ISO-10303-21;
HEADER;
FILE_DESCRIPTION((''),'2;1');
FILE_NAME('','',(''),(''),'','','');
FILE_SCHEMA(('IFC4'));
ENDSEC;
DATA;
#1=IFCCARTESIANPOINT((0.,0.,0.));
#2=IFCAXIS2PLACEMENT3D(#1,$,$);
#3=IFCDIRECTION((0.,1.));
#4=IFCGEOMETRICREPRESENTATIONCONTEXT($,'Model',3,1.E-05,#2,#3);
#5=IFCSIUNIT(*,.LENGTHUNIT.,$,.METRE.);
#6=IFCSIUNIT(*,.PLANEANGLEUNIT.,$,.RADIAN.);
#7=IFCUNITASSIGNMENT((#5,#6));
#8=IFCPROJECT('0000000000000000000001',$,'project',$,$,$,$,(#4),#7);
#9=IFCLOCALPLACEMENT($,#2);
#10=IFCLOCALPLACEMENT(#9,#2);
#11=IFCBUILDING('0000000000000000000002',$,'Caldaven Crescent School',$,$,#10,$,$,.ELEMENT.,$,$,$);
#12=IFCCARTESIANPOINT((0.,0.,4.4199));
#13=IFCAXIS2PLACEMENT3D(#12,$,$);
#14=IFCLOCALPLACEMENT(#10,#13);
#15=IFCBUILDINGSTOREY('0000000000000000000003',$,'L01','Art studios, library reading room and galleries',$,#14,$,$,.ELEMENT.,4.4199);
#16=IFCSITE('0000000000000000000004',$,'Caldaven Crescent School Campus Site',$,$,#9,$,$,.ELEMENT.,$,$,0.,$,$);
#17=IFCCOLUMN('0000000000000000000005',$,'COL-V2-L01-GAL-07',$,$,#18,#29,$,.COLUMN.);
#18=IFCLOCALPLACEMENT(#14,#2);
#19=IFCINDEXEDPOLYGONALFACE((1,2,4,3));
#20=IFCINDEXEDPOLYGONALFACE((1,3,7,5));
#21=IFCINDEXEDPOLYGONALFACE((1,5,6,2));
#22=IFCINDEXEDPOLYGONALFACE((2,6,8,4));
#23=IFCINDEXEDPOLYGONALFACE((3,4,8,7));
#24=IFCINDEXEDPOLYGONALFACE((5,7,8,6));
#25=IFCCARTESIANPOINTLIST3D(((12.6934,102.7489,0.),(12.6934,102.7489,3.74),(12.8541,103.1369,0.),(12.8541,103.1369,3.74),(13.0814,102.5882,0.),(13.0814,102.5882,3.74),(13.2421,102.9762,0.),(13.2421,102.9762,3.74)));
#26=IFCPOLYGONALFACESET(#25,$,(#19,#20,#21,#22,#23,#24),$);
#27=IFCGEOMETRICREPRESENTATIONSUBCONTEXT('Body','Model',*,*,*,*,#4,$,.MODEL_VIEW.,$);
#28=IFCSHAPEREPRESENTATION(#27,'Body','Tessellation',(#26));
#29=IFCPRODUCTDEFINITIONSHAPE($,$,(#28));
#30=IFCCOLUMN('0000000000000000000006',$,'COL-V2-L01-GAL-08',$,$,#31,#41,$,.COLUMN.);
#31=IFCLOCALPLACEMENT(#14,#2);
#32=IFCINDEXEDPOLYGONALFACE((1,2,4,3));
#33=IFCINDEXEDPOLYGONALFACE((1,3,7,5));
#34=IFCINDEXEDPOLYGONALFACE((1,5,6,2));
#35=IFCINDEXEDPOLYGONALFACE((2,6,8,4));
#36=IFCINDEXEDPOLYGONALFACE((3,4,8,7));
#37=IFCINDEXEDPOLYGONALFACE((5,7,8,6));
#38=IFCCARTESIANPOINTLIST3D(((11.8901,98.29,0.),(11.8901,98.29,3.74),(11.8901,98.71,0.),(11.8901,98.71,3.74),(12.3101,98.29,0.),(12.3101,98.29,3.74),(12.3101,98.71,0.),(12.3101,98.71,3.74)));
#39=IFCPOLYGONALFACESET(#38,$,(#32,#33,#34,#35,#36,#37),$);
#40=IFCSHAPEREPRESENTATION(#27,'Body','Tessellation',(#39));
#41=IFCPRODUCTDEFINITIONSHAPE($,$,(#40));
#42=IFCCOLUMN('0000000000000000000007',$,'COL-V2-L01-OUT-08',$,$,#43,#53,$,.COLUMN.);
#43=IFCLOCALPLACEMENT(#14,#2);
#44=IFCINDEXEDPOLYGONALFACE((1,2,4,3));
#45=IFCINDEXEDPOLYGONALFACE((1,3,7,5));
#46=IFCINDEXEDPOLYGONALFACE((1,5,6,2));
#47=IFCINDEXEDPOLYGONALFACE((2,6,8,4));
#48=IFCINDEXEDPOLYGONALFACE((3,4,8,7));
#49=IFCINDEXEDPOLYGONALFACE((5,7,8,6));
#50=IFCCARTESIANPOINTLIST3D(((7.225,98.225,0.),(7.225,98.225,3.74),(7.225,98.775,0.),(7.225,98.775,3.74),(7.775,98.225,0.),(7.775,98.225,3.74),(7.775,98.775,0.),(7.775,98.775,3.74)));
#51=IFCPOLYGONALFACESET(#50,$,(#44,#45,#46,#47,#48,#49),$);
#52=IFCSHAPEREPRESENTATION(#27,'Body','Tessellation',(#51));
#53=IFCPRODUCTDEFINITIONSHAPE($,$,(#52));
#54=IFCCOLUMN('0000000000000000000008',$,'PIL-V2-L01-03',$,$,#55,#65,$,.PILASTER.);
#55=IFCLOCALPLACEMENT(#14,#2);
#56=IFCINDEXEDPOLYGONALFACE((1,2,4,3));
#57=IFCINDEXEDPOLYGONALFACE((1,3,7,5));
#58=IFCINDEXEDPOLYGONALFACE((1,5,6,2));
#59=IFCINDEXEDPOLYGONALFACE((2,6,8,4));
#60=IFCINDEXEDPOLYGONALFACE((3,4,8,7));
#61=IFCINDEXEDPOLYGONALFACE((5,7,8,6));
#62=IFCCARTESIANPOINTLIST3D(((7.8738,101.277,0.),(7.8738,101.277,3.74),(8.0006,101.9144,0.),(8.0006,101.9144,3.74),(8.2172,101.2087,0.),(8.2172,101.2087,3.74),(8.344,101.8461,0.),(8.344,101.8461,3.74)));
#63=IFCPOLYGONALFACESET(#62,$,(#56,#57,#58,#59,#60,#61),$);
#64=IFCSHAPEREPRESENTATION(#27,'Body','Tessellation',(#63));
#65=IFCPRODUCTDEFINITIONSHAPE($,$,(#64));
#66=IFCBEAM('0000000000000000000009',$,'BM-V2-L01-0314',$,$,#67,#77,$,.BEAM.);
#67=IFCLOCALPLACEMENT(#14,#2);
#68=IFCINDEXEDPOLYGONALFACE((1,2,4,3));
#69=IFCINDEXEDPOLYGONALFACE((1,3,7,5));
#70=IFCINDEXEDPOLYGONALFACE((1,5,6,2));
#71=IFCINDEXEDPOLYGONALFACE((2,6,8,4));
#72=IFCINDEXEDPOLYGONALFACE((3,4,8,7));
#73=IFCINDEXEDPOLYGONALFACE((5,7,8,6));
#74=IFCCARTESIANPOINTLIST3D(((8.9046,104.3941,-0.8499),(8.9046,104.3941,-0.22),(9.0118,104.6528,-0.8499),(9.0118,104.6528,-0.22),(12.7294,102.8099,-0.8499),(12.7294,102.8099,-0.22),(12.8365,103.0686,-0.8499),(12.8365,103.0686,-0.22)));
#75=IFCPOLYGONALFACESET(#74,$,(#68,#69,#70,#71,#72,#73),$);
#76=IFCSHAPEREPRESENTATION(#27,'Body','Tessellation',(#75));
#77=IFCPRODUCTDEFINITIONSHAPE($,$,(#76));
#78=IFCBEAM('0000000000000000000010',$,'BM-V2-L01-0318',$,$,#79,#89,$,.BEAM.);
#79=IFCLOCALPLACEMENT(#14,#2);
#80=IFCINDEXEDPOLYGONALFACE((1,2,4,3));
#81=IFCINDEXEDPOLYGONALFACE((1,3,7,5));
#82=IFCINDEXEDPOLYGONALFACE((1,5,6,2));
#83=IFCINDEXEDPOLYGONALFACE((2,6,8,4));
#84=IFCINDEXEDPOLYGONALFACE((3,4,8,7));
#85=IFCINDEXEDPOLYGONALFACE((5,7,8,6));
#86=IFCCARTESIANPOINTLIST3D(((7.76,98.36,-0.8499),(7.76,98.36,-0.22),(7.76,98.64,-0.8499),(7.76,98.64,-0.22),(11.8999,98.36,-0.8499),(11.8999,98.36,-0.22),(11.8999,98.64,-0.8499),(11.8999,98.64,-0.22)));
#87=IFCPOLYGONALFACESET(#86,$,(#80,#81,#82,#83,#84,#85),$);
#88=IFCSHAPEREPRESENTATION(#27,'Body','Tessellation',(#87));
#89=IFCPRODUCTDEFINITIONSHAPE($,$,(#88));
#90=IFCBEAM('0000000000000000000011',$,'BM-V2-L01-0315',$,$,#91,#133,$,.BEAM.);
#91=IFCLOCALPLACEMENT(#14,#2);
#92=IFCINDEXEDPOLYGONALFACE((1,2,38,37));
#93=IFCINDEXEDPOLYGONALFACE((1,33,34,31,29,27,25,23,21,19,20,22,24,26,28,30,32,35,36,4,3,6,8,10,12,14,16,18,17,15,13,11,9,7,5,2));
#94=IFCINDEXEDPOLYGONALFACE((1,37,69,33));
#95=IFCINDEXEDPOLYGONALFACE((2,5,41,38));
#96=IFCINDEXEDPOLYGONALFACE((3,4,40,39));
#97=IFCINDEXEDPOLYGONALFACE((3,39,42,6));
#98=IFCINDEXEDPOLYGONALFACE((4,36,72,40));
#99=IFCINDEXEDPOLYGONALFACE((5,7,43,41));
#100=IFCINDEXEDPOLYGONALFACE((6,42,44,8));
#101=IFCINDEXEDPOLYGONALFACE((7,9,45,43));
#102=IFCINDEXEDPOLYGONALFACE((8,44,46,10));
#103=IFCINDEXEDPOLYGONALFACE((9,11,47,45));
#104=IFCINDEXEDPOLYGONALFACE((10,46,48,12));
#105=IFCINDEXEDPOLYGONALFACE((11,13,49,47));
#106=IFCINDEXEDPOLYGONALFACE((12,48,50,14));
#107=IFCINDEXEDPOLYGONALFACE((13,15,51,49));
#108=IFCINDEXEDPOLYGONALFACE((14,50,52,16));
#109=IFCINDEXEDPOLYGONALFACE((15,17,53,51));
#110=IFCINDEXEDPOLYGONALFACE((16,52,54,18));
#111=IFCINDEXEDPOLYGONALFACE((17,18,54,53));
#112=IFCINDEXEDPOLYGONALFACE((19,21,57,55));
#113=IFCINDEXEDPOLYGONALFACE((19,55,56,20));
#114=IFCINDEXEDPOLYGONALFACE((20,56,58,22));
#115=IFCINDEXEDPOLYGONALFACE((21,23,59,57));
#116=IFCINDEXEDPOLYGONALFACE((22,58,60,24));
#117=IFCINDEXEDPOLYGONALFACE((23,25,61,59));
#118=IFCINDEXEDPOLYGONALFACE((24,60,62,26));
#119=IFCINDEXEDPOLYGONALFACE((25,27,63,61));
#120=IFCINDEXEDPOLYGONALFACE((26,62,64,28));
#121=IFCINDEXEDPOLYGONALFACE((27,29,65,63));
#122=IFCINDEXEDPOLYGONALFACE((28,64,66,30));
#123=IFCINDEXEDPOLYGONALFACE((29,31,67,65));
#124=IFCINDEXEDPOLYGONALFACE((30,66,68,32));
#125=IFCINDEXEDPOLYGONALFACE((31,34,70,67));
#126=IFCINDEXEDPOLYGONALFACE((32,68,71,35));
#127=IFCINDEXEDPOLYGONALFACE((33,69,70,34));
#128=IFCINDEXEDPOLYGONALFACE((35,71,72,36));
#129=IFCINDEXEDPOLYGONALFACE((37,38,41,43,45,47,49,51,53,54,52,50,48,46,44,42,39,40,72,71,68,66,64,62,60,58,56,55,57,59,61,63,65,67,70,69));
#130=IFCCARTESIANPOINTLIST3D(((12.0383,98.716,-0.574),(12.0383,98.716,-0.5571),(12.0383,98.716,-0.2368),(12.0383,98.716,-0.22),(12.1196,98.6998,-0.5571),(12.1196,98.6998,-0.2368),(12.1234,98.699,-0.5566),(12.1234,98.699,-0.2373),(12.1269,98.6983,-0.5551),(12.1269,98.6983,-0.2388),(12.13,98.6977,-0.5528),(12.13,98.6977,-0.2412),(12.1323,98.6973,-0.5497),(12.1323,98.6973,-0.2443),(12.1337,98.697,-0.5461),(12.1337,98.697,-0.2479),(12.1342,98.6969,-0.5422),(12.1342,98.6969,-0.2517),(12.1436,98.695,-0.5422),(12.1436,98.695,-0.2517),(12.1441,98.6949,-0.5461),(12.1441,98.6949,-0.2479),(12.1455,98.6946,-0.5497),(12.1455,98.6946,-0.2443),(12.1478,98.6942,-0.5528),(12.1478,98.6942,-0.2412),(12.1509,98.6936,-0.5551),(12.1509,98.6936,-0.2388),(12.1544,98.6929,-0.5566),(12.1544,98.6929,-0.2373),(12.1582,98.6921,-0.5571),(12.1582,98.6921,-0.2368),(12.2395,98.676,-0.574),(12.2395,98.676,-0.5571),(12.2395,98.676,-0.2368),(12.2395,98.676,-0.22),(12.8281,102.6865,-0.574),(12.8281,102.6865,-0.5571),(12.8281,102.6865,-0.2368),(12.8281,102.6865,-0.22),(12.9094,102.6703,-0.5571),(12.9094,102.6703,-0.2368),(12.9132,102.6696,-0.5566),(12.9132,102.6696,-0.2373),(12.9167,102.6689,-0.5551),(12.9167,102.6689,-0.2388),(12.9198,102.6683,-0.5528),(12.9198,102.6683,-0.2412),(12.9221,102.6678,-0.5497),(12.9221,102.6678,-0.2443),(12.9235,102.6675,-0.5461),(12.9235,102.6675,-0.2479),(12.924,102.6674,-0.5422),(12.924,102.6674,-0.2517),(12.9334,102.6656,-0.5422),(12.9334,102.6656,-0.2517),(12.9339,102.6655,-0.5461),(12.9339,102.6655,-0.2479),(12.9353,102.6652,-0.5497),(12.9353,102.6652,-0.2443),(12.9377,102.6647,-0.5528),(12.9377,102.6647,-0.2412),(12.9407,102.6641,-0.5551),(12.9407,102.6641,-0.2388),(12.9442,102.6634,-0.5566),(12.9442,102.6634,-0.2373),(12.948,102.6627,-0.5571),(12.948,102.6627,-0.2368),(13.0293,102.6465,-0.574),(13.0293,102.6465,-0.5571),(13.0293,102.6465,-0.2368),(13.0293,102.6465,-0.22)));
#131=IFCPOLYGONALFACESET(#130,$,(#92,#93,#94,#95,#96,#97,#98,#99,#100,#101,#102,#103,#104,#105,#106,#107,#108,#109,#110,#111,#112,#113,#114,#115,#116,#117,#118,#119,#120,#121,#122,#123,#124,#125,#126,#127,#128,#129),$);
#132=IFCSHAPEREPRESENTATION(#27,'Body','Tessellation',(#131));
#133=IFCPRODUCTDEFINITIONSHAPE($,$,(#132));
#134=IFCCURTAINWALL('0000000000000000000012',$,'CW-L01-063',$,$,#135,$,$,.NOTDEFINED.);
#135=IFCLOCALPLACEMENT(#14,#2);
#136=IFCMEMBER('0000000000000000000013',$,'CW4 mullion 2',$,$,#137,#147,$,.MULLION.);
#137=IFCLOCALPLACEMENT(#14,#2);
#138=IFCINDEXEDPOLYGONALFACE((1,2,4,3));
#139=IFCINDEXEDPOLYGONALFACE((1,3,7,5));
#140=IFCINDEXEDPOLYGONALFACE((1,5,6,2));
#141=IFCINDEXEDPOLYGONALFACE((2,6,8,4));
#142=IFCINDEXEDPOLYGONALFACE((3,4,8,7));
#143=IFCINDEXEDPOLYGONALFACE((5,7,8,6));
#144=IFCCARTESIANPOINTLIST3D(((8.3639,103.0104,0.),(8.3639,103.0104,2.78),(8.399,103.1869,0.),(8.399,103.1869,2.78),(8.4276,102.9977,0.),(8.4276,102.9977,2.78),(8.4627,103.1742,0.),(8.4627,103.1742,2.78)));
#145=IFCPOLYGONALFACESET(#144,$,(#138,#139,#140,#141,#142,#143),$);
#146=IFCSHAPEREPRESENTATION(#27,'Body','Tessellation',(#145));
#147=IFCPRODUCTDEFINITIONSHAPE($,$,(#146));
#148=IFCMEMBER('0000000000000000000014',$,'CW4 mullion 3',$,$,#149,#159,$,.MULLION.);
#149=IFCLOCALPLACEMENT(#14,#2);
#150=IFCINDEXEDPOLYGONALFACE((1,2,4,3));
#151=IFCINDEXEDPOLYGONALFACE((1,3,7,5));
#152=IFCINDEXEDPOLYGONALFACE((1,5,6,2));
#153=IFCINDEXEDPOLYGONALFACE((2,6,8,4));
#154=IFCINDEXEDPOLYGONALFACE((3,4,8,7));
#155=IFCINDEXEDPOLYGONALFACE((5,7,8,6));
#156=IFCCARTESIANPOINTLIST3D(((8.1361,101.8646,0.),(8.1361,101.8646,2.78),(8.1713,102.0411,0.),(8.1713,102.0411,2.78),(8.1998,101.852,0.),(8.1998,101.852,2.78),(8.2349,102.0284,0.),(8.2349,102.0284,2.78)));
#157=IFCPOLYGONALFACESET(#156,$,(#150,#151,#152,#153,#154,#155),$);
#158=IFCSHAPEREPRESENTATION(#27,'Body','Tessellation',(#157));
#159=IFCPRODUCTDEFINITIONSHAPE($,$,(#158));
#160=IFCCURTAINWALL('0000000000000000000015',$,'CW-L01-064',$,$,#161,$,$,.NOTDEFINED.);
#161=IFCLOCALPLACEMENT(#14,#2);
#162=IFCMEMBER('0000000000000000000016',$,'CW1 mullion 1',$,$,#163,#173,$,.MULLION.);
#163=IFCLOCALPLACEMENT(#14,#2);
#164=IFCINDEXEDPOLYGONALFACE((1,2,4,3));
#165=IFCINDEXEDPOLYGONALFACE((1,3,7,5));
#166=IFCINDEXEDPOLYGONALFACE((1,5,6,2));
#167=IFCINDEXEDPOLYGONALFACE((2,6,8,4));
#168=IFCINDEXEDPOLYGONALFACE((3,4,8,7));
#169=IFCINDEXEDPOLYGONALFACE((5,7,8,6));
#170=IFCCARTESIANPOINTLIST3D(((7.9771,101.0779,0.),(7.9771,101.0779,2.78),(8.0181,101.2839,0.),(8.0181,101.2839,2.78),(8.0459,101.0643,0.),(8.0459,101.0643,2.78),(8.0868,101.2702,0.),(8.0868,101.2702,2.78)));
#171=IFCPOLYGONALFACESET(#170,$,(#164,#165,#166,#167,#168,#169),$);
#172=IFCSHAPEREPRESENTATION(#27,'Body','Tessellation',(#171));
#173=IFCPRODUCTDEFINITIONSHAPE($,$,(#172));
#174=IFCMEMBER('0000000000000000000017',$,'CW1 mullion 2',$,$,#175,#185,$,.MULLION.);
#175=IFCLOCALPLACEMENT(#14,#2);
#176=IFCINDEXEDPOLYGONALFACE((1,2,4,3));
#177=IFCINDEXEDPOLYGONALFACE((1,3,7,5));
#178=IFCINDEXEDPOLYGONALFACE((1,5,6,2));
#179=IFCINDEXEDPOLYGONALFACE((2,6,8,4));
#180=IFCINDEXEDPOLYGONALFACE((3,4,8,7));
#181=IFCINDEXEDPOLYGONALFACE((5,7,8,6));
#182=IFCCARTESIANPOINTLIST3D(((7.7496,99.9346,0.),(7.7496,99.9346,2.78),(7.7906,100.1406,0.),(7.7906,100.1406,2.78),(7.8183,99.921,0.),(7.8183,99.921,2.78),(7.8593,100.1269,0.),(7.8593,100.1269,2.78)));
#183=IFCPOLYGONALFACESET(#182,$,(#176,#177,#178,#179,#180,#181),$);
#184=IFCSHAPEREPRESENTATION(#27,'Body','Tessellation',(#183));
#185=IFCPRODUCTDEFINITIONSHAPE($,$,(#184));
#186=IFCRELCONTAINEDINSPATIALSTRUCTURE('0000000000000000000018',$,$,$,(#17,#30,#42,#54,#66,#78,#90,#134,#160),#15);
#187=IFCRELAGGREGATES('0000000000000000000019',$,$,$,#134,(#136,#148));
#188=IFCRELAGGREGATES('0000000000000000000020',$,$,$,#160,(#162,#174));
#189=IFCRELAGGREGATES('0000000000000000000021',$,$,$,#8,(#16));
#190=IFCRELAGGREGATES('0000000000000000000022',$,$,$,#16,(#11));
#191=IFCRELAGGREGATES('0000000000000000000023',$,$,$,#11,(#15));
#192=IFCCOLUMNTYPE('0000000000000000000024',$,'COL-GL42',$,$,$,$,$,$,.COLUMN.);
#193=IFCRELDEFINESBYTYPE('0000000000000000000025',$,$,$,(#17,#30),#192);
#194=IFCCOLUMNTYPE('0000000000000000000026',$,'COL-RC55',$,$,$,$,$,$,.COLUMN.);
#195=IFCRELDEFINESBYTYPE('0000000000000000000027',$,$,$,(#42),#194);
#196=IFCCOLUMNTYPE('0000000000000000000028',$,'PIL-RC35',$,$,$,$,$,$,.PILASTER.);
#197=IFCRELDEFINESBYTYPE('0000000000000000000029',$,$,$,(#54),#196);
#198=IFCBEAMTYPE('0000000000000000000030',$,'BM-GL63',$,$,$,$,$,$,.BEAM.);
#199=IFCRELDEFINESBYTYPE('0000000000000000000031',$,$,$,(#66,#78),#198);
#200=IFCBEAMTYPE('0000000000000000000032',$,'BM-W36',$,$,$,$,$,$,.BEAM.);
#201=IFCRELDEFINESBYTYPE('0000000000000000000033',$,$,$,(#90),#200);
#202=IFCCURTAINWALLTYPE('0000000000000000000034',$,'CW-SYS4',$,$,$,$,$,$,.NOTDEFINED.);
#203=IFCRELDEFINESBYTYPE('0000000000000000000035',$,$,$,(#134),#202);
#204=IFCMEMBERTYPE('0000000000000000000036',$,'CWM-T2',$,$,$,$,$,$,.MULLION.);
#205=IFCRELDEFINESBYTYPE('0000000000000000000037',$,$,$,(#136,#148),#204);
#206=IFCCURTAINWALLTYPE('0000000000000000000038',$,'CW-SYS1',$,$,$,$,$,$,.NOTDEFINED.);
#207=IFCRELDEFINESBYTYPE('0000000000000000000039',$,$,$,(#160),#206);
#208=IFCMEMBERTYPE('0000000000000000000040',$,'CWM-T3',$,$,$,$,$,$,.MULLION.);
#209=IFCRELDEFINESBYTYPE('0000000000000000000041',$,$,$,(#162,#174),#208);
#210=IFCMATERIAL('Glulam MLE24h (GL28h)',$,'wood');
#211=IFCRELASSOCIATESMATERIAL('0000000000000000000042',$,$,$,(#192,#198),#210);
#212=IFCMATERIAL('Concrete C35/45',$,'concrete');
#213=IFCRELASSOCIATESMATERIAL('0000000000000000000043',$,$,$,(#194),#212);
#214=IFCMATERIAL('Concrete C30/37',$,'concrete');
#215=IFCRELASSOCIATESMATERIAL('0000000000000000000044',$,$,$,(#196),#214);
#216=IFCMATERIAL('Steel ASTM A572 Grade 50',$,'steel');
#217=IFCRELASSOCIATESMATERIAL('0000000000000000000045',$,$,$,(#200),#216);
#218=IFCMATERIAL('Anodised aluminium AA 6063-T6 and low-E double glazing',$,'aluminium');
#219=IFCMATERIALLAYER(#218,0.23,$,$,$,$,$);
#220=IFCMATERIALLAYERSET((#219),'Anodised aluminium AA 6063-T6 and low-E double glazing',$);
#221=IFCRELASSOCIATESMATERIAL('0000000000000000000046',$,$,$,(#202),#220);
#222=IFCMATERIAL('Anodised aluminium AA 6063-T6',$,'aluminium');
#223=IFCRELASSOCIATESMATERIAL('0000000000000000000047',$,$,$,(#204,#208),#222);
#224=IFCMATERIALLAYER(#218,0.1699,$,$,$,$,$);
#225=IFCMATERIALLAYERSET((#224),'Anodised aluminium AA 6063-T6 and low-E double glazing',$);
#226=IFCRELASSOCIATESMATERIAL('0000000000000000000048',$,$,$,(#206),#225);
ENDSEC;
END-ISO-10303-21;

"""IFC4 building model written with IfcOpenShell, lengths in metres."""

from ifc_helpers import new_model, si_unit, direction, frame, origin, origin_2d, place, context, subcontext, project, spatial, rectangle, i_section, extrude, material, layer, layer_set, material_profile, profile_set, type_object, element, aggregate, save


model = new_model("IFC4")

# Units and contexts
model_context = context("Model", 3, precision=1e-05, world=origin(), true_north=direction((0.0, 1.0)))
body_context = subcontext(model_context, "Body", "Model", "MODEL_VIEW")
ifc_project = project(units=[si_unit("LENGTHUNIT", "METRE"), si_unit("PLANEANGLEUNIT", "RADIAN")], contexts=[model_context])

# Site, building, storey
site_placement = place(None, origin())
site = spatial("IfcSite", under=ifc_project, at=site_placement, Name="Caldaven Crescent School Campus Site", CompositionType="ELEMENT", RefElevation=0.0)
building_placement = place(site_placement, origin())
building = spatial("IfcBuilding", under=site, at=building_placement, Name="Caldaven Crescent School", CompositionType="ELEMENT")
storey_placement = place(building_placement, frame((0.0, 0.0, 4.4199)))
storey = spatial("IfcBuildingStorey", under=building, at=storey_placement, Name="L01", Description="Art studios, library reading room and galleries", CompositionType="ELEMENT", Elevation=4.4199)

# Columns
ifc_material_1 = material(Name="Glulam MLE24h (GL28h)", Category="wood")
ifc_material_profile_1 = material_profile(ifc_material_1, rectangle(XDim=0.4199, YDim=0.4199, at=origin_2d()), Name="MLE 420x420")
ifc_profile_set_1 = profile_set([ifc_material_profile_1], Name="Glulam MLE24h (GL28h)")
column_type_1 = type_object("IfcColumnType", Name="COL-GL42", PredefinedType="COLUMN", material=ifc_profile_set_1)
for number, where, z_axis, x_axis, name in (
    (1, (12.9678, 102.8625, 0.0), (0.0, 0.0, 1.0), (-0.92388, 0.382683, 0.0), "COL-V2-L01-GAL-07"),
    (2, (12.1001, 98.5, 0.0), (0.0, 0.0, 1.0), (-1.0, 0.0, 0.0), "COL-V2-L01-GAL-08"),
):
    element("IfcColumn", number, at=place(storey_placement, frame(where, z_axis=z_axis, x_axis=x_axis)), inside=storey, type_object=column_type_1, Name=name, PredefinedType="COLUMN", context=body_context, shape_type="SweptSolid", body=[
        extrude(rectangle(XDim=0.4199, YDim=0.4199, at=origin_2d()), origin(), (0.0, 0.0, 1.0), 3.74),
    ])
ifc_material_2 = material(Name="Concrete C35/45", Category="concrete")
ifc_material_profile_2 = material_profile(ifc_material_2, rectangle(XDim=0.55, YDim=0.55, at=origin_2d()), Name="RC 550x550")
ifc_profile_set_2 = profile_set([ifc_material_profile_2], Name="Concrete C35/45")
column_type_2 = type_object("IfcColumnType", Name="COL-RC55", PredefinedType="COLUMN", material=ifc_profile_set_2)
column_1_placement = place(storey_placement, frame((7.5, 98.5, 0.0), z_axis=(0.0, 0.0, 1.0), x_axis=(-1.0, 0.0, 0.0)))
element("IfcColumn", 3, at=column_1_placement, inside=storey, type_object=column_type_2, Name="COL-V2-L01-OUT-08", PredefinedType="COLUMN", context=body_context, shape_type="SweptSolid", body=[
    extrude(rectangle(XDim=0.55, YDim=0.55, at=origin_2d()), origin(), (0.0, 0.0, 1.0), 3.74),
])
ifc_material_3 = material(Name="Concrete C30/37", Category="concrete")
ifc_material_profile_3 = material_profile(ifc_material_3, rectangle(XDim=0.3501, YDim=0.6499, at=origin_2d()), Name="RC 350x650")
ifc_profile_set_3 = profile_set([ifc_material_profile_3], Name="Concrete C30/37")
column_type_3 = type_object("IfcColumnType", Name="PIL-RC35", PredefinedType="PILASTER", material=ifc_profile_set_3)
column_2_placement = place(storey_placement, frame((8.1089, 101.5615, 0.0), z_axis=(0.0, 0.0, 1.0), x_axis=(-0.980785, 0.19509, 0.0)))
element("IfcColumn", 4, at=column_2_placement, inside=storey, type_object=column_type_3, Name="PIL-V2-L01-03", PredefinedType="PILASTER", context=body_context, shape_type="SweptSolid", body=[
    extrude(rectangle(XDim=0.3501, YDim=0.6499, at=origin_2d()), origin(), (0.0, 0.0, 1.0), 3.74),
])

# Beams
ifc_material_profile_4 = material_profile(ifc_material_1, rectangle(XDim=0.28, YDim=0.6299, at=origin_2d()), Name="MLE 280x630")
ifc_profile_set_4 = profile_set([ifc_material_profile_4], Name="Glulam MLE24h (GL28h)")
beam_type_1 = type_object("IfcBeamType", Name="BM-GL63", PredefinedType="BEAM", material=ifc_profile_set_4)
for number, where, z_axis, x_axis, name in (
    (5, (12.783, 102.9392, -0.5349), (-0.923881, 0.38268, 0.0), (-0.38268, -0.923881, 0.0), "BM-V2-L01-0314"),
    (6, (11.8999, 98.5, -0.5349), (-1.0, 0.0, 0.0), (0.0, -1.0, 0.0), "BM-V2-L01-0318"),
):
    element("IfcBeam", number, at=place(storey_placement, frame(where, z_axis=z_axis, x_axis=x_axis)), inside=storey, type_object=beam_type_1, Name=name, PredefinedType="BEAM", context=body_context, shape_type="SweptSolid", body=[
        extrude(rectangle(XDim=0.28, YDim=0.6299, at=origin_2d()), origin(), (0.0, 0.0, 1.0), 4.1399),
    ])
ifc_material_4 = material(Name="Steel ASTM A572 Grade 50", Category="steel")
ifc_material_profile_5 = material_profile(ifc_material_4, i_section(OverallWidth=0.2051, OverallDepth=0.354, WebThickness=0.0095, FlangeThickness=0.0168, FilletRadius=0.0149, at=origin_2d()), Name="W360x79")
ifc_profile_set_5 = profile_set([ifc_material_profile_5], Name="Steel ASTM A572 Grade 50")
beam_type_2 = type_object("IfcBeamType", Name="BM-W36", PredefinedType="BEAM", material=ifc_profile_set_5)
beam_1_placement = place(storey_placement, frame((12.9287, 102.6665, -0.397), z_axis=(-0.195095, -0.980784, 0.0), x_axis=(0.980784, -0.195095, 0.0)))
element("IfcBeam", 7, at=beam_1_placement, inside=storey, type_object=beam_type_2, Name="BM-V2-L01-0315", PredefinedType="BEAM", context=body_context, shape_type="SweptSolid", body=[
    extrude(i_section(OverallWidth=0.2051, OverallDepth=0.354, WebThickness=0.0095, FlangeThickness=0.0168, FilletRadius=0.0149, at=origin_2d()), origin(), (0.0, 0.0, 1.0), 4.0483),
])

# Curtain walls, members
ifc_material_5 = material(Name="Anodised aluminium AA 6063-T6 and low-E double glazing", Category="aluminium")
ifc_layer_1 = layer(ifc_material_5, 0.23)
ifc_layer_set_1 = layer_set([ifc_layer_1], Name="Anodised aluminium AA 6063-T6 and low-E double glazing")
curtain_wall_type_1 = type_object("IfcCurtainWallType", Name="CW-SYS4", PredefinedType="NOTDEFINED", material=ifc_layer_set_1)
curtain_wall_1_placement = place(storey_placement, origin())
curtain_wall_1 = element("IfcCurtainWall", 8, at=curtain_wall_1_placement, inside=storey, type_object=curtain_wall_type_1, Name="CW-L01-063", PredefinedType="NOTDEFINED")
ifc_material_6 = material(Name="Anodised aluminium AA 6063-T6", Category="aluminium")
ifc_material_profile_6 = material_profile(ifc_material_6, rectangle(XDim=0.0649, YDim=0.1799, at=origin_2d()), Name="CWM 65x180")
ifc_profile_set_6 = profile_set([ifc_material_profile_6], Name="Anodised aluminium AA 6063-T6")
member_type_1 = type_object("IfcMemberType", Name="CWM-T2", PredefinedType="MULLION", material=ifc_profile_set_6)
member_1_placement = place(storey_placement, frame((8.4133, 103.0923, 0.0), z_axis=(0.0, 0.0, 1.0), x_axis=(0.980786, -0.195087, 0.0)))
member_1 = element("IfcMember", 9, at=member_1_placement, type_object=member_type_1, Name="CW4 mullion 2", PredefinedType="MULLION", context=body_context, shape_type="SweptSolid", body=[
    extrude(rectangle(XDim=0.0649, YDim=0.1799, at=origin_2d()), origin(), (0.0, 0.0, 1.0), 2.78),
])
member_2_placement = place(storey_placement, frame((8.1855, 101.9465, 0.0), z_axis=(0.0, 0.0, 1.0), x_axis=(0.980786, -0.195087, 0.0)))
member_2 = element("IfcMember", 10, at=member_2_placement, type_object=member_type_1, Name="CW4 mullion 3", PredefinedType="MULLION", context=body_context, shape_type="SweptSolid", body=[
    extrude(rectangle(XDim=0.0649, YDim=0.1799, at=origin_2d()), origin(), (0.0, 0.0, 1.0), 2.78),
])
ifc_layer_2 = layer(ifc_material_5, 0.1699)
ifc_layer_set_2 = layer_set([ifc_layer_2], Name="Anodised aluminium AA 6063-T6 and low-E double glazing")
curtain_wall_type_2 = type_object("IfcCurtainWallType", Name="CW-SYS1", PredefinedType="NOTDEFINED", material=ifc_layer_set_2)
curtain_wall_2_placement = place(storey_placement, origin())
curtain_wall_2 = element("IfcCurtainWall", 11, at=curtain_wall_2_placement, inside=storey, type_object=curtain_wall_type_2, Name="CW-L01-064", PredefinedType="NOTDEFINED")
ifc_material_profile_7 = material_profile(ifc_material_6, rectangle(XDim=0.0701, YDim=0.21, at=origin_2d()), Name="CWM 70x210")
ifc_profile_set_7 = profile_set([ifc_material_profile_7], Name="Anodised aluminium AA 6063-T6")
member_type_2 = type_object("IfcMemberType", Name="CWM-T3", PredefinedType="MULLION", material=ifc_profile_set_7)
member_3_placement = place(storey_placement, frame((8.032, 101.1741, 0.0), z_axis=(0.0, 0.0, 1.0), x_axis=(0.980785, -0.195091, 0.0)))
member_3 = element("IfcMember", 12, at=member_3_placement, type_object=member_type_2, Name="CW1 mullion 1", PredefinedType="MULLION", context=body_context, shape_type="SweptSolid", body=[
    extrude(rectangle(XDim=0.0701, YDim=0.21, at=origin_2d()), origin(), (0.0, 0.0, 1.0), 2.78),
])
member_4_placement = place(storey_placement, frame((7.8044, 100.0308, 0.0), z_axis=(0.0, 0.0, 1.0), x_axis=(0.980785, -0.195091, 0.0)))
member_4 = element("IfcMember", 13, at=member_4_placement, type_object=member_type_2, Name="CW1 mullion 2", PredefinedType="MULLION", context=body_context, shape_type="SweptSolid", body=[
    extrude(rectangle(XDim=0.0701, YDim=0.21, at=origin_2d()), origin(), (0.0, 0.0, 1.0), 2.78),
])

aggregate(curtain_wall_1, [member_1, member_2])
aggregate(curtain_wall_2, [member_3, member_4])

save(model, "model.ifc")
